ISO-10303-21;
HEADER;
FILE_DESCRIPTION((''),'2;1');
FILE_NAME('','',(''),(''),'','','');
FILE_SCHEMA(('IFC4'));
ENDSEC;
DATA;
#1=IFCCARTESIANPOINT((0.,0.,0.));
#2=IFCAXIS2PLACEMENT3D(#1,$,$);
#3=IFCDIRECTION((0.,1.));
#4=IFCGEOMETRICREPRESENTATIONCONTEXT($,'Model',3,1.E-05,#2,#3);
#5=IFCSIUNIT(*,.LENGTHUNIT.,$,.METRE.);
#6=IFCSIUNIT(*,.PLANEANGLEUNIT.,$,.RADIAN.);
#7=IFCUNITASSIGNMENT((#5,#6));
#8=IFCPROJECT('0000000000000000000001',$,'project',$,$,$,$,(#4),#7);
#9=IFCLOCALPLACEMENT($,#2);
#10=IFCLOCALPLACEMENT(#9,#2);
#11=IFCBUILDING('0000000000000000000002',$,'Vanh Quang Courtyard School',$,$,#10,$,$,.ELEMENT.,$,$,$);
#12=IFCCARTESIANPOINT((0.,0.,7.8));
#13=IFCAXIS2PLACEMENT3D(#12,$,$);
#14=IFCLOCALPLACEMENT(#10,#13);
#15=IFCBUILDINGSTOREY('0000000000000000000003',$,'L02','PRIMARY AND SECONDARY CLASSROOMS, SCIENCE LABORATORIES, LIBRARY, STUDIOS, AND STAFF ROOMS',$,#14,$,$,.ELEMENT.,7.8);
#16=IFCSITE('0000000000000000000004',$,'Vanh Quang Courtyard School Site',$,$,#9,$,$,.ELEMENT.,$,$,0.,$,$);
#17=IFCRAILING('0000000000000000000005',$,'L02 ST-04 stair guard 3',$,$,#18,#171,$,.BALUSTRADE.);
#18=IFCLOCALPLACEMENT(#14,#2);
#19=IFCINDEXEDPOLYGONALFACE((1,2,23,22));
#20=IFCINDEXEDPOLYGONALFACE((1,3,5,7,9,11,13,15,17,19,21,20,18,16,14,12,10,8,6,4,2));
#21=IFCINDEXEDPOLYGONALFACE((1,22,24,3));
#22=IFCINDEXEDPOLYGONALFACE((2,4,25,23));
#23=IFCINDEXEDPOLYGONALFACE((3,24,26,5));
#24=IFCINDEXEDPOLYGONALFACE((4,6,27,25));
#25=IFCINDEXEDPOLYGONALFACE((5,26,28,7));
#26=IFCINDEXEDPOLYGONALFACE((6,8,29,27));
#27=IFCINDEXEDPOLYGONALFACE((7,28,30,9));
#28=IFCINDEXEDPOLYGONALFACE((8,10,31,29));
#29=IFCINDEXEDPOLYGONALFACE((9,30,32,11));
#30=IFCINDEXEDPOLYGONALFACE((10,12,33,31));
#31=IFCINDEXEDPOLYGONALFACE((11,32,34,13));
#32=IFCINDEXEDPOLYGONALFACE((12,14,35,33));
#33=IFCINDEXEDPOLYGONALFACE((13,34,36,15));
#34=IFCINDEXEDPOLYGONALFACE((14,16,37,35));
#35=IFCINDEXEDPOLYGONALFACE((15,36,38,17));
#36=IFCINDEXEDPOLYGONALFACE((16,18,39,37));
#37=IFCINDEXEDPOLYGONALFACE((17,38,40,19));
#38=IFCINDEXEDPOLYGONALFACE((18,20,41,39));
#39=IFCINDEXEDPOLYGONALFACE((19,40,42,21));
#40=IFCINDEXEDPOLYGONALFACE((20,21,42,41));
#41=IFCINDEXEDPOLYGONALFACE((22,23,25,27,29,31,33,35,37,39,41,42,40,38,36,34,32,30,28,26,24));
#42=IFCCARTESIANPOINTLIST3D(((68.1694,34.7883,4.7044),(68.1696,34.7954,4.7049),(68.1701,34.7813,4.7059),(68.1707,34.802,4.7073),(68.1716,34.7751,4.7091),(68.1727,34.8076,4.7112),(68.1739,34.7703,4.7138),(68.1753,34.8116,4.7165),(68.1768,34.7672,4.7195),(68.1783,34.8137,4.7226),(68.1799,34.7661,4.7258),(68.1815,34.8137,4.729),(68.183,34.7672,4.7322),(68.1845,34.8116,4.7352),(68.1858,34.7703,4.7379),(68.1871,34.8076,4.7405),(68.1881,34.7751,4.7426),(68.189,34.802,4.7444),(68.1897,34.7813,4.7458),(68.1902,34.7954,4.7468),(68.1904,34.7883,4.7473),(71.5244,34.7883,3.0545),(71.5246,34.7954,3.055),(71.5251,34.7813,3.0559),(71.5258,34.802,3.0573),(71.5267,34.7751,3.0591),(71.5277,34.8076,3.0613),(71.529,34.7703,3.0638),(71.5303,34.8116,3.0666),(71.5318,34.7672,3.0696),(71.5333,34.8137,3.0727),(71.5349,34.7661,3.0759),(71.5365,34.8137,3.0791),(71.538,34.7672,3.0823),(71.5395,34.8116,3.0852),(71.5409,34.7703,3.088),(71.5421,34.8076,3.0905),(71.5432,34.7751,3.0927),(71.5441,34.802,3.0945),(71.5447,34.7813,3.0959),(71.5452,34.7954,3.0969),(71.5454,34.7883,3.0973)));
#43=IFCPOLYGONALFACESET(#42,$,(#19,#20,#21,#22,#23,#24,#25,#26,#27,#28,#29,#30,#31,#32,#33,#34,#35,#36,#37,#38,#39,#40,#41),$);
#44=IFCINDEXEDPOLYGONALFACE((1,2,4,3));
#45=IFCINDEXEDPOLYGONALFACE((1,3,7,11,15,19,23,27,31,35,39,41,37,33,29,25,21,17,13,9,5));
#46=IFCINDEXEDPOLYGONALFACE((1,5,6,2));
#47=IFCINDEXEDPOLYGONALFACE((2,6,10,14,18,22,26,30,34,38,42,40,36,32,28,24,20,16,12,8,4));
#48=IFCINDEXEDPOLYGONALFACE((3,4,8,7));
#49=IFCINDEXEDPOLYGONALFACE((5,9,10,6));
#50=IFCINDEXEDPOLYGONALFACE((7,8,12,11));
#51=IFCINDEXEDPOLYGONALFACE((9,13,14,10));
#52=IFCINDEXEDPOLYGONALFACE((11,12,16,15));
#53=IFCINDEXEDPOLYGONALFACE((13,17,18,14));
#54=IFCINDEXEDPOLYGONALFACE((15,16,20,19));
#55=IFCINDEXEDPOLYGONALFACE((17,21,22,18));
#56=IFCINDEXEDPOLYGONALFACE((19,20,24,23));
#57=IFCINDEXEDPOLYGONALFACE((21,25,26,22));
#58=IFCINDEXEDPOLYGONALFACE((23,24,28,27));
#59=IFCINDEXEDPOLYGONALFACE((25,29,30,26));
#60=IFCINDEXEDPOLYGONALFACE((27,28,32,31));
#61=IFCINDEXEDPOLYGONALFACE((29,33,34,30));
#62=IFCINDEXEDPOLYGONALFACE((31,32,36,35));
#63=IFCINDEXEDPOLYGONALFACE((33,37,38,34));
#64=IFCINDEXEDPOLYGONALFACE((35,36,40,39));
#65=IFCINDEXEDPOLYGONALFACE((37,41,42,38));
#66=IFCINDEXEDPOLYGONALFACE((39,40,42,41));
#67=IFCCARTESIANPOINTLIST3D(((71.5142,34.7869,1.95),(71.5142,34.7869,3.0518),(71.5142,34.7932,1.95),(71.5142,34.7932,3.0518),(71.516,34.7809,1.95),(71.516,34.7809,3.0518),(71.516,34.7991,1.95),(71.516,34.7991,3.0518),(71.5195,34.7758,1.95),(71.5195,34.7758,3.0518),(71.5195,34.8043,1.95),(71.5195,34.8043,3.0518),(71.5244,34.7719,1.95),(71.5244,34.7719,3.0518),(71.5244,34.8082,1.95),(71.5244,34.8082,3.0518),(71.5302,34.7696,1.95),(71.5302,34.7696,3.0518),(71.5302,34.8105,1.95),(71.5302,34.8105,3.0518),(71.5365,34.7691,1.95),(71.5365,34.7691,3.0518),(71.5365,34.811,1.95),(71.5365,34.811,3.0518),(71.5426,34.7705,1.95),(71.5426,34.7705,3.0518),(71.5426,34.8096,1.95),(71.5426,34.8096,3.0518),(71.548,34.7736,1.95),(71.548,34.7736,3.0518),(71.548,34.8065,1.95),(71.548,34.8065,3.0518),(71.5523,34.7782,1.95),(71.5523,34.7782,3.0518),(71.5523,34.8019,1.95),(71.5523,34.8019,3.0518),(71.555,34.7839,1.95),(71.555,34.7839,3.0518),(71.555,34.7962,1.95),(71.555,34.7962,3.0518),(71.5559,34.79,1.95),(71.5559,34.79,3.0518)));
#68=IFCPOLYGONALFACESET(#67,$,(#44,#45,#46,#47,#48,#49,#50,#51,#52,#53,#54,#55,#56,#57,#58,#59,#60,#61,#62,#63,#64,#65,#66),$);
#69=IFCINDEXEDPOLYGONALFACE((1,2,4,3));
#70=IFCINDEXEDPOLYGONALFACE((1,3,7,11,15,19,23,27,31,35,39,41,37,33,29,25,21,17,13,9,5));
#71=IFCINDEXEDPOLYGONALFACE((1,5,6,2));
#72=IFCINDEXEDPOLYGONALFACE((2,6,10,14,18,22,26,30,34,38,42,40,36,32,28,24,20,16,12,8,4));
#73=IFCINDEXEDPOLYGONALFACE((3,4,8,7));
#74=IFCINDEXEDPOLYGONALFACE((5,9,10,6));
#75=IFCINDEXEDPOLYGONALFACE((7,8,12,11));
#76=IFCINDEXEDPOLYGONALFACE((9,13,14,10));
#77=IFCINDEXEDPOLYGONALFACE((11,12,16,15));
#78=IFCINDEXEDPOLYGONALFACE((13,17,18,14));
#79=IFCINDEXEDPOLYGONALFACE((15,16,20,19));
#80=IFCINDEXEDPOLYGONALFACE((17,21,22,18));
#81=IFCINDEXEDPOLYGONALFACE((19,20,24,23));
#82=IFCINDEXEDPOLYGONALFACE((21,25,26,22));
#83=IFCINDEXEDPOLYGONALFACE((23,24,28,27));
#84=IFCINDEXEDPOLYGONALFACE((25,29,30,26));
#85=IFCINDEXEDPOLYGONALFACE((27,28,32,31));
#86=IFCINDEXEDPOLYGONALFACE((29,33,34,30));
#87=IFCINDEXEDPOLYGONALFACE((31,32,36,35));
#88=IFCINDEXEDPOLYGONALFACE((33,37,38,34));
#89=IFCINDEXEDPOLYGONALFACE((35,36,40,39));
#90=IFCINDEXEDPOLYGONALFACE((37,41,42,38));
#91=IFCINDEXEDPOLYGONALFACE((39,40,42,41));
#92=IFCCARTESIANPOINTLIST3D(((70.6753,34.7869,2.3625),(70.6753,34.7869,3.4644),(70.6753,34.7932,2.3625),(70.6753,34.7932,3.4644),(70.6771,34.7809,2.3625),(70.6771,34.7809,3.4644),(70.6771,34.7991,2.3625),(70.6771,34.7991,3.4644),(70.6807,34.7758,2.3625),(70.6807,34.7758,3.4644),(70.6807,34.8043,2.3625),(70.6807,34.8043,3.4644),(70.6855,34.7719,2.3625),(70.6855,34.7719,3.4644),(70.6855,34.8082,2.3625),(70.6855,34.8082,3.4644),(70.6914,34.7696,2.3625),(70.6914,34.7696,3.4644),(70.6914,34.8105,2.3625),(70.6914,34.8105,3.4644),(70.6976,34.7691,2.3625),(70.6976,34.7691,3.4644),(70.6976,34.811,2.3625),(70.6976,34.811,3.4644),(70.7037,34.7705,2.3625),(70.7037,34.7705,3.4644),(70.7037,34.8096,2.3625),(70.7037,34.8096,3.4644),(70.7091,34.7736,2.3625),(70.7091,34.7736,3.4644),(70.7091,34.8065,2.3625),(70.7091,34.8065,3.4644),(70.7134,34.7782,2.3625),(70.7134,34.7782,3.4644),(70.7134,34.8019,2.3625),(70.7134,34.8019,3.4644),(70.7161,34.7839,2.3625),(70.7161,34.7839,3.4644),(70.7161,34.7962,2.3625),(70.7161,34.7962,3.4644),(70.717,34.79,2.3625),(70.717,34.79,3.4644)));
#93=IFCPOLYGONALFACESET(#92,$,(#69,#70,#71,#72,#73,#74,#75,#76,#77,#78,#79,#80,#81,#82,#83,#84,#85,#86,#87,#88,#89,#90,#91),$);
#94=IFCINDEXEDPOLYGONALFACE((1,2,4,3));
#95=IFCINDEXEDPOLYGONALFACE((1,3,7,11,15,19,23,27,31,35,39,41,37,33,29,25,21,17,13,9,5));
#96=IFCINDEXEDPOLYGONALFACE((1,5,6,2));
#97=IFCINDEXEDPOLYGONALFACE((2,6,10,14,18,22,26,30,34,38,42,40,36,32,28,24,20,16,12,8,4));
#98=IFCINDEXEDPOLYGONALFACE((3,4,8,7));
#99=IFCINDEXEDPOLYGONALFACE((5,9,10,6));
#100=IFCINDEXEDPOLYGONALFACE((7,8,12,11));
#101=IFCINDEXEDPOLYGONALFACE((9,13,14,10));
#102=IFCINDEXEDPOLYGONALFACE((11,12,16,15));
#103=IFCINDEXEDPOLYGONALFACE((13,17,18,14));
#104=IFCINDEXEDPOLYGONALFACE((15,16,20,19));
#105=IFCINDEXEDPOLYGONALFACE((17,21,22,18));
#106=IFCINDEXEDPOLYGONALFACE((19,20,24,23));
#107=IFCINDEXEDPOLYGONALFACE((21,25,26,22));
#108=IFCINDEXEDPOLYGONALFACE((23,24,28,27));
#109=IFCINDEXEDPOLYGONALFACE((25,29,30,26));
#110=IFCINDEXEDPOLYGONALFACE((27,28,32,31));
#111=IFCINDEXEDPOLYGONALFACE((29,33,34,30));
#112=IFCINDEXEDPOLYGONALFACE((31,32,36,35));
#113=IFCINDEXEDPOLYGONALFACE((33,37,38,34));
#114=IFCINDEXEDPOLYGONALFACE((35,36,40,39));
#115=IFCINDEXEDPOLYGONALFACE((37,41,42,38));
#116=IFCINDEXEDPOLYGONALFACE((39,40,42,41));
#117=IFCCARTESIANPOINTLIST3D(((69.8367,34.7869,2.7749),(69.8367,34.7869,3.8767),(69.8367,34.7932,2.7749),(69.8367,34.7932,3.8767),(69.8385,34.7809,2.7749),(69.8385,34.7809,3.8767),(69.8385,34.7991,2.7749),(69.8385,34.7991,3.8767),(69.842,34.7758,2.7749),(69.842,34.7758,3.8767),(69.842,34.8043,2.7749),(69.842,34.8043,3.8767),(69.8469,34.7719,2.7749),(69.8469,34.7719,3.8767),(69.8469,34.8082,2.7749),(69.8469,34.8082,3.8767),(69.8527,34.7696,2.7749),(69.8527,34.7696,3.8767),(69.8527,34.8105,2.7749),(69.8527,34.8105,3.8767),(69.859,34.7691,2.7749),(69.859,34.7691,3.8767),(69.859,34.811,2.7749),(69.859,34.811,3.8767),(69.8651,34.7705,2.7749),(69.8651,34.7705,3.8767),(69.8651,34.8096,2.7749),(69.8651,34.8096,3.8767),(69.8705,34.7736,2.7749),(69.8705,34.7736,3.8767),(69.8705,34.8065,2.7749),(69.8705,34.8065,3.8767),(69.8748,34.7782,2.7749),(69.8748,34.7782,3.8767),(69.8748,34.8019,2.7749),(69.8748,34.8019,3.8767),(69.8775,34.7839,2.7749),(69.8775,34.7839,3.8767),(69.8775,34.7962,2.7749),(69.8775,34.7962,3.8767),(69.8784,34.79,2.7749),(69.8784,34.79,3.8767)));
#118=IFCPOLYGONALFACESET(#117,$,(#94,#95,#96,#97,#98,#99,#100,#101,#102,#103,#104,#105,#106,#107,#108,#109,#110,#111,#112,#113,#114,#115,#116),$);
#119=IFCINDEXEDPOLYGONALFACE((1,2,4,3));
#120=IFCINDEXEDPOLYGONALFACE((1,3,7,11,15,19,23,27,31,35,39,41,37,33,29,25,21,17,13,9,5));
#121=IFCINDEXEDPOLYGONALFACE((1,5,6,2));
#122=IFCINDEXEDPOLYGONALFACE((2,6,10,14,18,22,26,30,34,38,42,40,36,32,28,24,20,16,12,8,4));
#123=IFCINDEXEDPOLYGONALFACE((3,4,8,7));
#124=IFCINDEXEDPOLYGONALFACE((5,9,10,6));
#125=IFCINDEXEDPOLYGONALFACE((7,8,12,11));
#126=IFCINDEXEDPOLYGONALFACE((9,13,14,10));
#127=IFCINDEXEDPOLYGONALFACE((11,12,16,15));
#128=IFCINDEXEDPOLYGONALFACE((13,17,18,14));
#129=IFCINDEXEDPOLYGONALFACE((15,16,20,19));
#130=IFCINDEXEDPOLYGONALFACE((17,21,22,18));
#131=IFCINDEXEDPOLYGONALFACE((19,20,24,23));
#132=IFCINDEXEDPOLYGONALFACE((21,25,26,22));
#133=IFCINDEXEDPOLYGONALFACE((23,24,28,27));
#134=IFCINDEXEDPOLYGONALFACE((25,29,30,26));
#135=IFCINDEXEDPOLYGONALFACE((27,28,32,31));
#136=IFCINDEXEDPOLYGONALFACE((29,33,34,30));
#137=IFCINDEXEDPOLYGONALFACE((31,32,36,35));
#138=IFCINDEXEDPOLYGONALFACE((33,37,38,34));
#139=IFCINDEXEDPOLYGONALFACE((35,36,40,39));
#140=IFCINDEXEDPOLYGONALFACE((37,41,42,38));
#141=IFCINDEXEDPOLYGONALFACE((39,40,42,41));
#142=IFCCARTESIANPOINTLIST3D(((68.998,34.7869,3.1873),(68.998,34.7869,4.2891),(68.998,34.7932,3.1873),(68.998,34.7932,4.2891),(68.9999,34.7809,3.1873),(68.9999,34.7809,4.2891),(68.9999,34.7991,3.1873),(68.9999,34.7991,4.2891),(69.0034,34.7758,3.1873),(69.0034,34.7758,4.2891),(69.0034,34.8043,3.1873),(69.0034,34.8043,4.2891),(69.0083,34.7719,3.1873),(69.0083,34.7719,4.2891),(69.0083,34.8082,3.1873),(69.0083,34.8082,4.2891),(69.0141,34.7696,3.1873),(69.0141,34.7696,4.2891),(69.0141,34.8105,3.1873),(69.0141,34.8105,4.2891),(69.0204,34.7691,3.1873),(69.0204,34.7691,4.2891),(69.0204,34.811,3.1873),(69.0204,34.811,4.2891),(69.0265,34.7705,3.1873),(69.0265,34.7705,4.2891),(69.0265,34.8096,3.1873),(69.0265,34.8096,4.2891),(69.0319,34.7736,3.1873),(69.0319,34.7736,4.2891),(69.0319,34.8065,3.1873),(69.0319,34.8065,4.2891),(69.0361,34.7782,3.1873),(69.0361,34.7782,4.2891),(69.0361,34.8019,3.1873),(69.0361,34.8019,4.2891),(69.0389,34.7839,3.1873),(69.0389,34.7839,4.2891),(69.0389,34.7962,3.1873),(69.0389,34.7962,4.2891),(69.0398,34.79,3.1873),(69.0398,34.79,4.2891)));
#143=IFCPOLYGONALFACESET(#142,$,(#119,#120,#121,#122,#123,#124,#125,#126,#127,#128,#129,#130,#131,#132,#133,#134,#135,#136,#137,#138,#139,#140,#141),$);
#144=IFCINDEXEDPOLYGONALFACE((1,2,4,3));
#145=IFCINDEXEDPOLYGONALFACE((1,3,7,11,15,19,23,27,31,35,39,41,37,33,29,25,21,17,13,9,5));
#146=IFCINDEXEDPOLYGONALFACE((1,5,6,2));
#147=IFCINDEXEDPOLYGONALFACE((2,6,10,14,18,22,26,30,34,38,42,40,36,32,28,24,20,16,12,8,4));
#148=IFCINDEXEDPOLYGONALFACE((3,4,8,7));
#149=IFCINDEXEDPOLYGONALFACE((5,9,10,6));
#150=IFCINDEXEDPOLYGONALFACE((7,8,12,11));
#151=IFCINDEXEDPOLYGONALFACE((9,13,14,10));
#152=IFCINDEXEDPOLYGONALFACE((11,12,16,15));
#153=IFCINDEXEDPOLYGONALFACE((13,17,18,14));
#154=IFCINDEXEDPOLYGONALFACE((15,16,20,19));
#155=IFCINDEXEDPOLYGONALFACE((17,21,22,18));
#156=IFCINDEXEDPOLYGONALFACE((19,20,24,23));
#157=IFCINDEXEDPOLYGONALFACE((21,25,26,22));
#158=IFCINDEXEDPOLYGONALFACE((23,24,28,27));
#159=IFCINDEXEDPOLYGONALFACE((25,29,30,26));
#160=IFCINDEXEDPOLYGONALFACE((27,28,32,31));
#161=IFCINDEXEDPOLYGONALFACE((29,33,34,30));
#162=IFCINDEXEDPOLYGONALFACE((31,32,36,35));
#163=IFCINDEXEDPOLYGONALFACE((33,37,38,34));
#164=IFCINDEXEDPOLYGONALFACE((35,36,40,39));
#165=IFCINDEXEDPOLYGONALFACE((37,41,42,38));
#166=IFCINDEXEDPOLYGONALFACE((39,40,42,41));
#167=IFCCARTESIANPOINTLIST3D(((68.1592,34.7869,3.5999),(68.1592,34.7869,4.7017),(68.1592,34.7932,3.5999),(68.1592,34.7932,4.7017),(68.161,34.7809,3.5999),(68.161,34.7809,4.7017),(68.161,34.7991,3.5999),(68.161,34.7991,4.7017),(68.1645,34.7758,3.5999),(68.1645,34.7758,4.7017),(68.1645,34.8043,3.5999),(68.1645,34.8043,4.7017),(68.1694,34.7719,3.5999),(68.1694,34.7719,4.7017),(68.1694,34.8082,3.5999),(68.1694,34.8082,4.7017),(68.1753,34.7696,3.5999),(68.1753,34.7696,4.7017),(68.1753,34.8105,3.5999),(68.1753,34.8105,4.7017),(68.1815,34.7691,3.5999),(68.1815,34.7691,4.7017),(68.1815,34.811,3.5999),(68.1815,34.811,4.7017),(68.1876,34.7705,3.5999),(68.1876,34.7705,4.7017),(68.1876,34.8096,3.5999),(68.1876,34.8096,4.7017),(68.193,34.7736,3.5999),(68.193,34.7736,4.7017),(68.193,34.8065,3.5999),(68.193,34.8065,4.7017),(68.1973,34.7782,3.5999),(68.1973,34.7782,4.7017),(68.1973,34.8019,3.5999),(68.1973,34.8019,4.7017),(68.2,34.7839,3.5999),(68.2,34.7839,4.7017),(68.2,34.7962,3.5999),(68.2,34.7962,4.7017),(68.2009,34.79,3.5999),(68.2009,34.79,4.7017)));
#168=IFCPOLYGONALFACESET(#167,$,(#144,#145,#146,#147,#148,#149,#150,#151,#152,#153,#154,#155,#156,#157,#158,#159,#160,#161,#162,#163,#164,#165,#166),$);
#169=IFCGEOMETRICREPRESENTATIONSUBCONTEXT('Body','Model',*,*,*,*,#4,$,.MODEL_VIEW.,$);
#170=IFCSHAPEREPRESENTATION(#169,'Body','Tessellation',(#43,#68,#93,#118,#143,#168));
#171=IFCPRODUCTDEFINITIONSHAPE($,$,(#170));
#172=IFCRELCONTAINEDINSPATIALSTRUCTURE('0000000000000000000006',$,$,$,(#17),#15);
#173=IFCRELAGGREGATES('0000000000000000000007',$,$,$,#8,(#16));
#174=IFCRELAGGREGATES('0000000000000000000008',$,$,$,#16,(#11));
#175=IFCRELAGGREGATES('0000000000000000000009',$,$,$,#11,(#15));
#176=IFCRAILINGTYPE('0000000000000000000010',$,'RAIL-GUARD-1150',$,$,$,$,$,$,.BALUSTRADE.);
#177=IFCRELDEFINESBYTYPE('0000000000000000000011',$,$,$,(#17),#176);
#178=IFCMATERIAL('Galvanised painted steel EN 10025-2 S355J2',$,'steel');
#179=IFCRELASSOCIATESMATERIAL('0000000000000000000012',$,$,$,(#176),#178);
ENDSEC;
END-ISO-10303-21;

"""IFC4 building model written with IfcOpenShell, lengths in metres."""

from ifc_helpers import new_model, si_unit, direction, frame, origin, origin_2d, place, context, subcontext, project, spatial, circle, extrude, material, type_object, element, save


model = new_model("IFC4")

# Units and contexts
model_context = context("Model", 3, precision=1e-05, world=origin(), true_north=direction((0.0, 1.0)))
body_context = subcontext(model_context, "Body", "Model", "MODEL_VIEW")
ifc_project = project(units=[si_unit("LENGTHUNIT", "METRE"), si_unit("PLANEANGLEUNIT", "RADIAN")], contexts=[model_context])

# Site, building, storey
site_placement = place(None, origin())
site = spatial("IfcSite", under=ifc_project, at=site_placement, Name="Vanh Quang Courtyard School Site", CompositionType="ELEMENT", RefElevation=0.0)
building_placement = place(site_placement, origin())
building = spatial("IfcBuilding", under=site, at=building_placement, Name="Vanh Quang Courtyard School", CompositionType="ELEMENT")
storey_placement = place(building_placement, frame((0.0, 0.0, 7.8)))
storey = spatial("IfcBuildingStorey", under=building, at=storey_placement, Name="L02", Description="PRIMARY AND SECONDARY CLASSROOMS, SCIENCE LABORATORIES, LIBRARY, STUDIOS, AND STAFF ROOMS", CompositionType="ELEMENT", Elevation=7.8)

# Railing
ifc_material_1 = material(Name="Galvanised painted steel EN 10025-2 S355J2", Category="steel")
railing_type_1 = type_object("IfcRailingType", Name="RAIL-GUARD-1150", PredefinedType="BALUSTRADE", material=ifc_material_1)
railing_1_placement = place(storey_placement, frame((71.5349, 34.79, 1.95)))
element("IfcRailing", 1, at=railing_1_placement, inside=storey, type_object=railing_type_1, Name="L02 ST-04 stair guard 3", PredefinedType="BALUSTRADE", context=body_context, shape_type="SweptSolid", body=[
    extrude(circle(Radius=0.0239, at=origin_2d()), frame((0.0, 0.0, 1.126), z_axis=(-0.897359, 0.0, 0.441301), x_axis=(0.0, -1.0, 0.0)), (0.0, 0.0, 1.0), 3.7388),
    extrude(circle(Radius=0.021, at=origin_2d()), origin(), (0.0, 0.0, 1.0), 1.1018),
    extrude(circle(Radius=0.021, at=origin_2d()), frame((-0.8389, 0.0, 0.4126)), (0.0, 0.0, 1.0), 1.1018),
    extrude(circle(Radius=0.021, at=origin_2d()), frame((-1.6775, 0.0, 0.825)), (0.0, 0.0, 1.0), 1.1018),
    extrude(circle(Radius=0.021, at=origin_2d()), frame((-2.5161, 0.0, 1.2373)), (0.0, 0.0, 1.0), 1.1018),
    extrude(circle(Radius=0.021, at=origin_2d()), frame((-3.355, 0.0, 1.6499)), (0.0, 0.0, 1.0), 1.1018),
])

save(model, "model.ifc")
